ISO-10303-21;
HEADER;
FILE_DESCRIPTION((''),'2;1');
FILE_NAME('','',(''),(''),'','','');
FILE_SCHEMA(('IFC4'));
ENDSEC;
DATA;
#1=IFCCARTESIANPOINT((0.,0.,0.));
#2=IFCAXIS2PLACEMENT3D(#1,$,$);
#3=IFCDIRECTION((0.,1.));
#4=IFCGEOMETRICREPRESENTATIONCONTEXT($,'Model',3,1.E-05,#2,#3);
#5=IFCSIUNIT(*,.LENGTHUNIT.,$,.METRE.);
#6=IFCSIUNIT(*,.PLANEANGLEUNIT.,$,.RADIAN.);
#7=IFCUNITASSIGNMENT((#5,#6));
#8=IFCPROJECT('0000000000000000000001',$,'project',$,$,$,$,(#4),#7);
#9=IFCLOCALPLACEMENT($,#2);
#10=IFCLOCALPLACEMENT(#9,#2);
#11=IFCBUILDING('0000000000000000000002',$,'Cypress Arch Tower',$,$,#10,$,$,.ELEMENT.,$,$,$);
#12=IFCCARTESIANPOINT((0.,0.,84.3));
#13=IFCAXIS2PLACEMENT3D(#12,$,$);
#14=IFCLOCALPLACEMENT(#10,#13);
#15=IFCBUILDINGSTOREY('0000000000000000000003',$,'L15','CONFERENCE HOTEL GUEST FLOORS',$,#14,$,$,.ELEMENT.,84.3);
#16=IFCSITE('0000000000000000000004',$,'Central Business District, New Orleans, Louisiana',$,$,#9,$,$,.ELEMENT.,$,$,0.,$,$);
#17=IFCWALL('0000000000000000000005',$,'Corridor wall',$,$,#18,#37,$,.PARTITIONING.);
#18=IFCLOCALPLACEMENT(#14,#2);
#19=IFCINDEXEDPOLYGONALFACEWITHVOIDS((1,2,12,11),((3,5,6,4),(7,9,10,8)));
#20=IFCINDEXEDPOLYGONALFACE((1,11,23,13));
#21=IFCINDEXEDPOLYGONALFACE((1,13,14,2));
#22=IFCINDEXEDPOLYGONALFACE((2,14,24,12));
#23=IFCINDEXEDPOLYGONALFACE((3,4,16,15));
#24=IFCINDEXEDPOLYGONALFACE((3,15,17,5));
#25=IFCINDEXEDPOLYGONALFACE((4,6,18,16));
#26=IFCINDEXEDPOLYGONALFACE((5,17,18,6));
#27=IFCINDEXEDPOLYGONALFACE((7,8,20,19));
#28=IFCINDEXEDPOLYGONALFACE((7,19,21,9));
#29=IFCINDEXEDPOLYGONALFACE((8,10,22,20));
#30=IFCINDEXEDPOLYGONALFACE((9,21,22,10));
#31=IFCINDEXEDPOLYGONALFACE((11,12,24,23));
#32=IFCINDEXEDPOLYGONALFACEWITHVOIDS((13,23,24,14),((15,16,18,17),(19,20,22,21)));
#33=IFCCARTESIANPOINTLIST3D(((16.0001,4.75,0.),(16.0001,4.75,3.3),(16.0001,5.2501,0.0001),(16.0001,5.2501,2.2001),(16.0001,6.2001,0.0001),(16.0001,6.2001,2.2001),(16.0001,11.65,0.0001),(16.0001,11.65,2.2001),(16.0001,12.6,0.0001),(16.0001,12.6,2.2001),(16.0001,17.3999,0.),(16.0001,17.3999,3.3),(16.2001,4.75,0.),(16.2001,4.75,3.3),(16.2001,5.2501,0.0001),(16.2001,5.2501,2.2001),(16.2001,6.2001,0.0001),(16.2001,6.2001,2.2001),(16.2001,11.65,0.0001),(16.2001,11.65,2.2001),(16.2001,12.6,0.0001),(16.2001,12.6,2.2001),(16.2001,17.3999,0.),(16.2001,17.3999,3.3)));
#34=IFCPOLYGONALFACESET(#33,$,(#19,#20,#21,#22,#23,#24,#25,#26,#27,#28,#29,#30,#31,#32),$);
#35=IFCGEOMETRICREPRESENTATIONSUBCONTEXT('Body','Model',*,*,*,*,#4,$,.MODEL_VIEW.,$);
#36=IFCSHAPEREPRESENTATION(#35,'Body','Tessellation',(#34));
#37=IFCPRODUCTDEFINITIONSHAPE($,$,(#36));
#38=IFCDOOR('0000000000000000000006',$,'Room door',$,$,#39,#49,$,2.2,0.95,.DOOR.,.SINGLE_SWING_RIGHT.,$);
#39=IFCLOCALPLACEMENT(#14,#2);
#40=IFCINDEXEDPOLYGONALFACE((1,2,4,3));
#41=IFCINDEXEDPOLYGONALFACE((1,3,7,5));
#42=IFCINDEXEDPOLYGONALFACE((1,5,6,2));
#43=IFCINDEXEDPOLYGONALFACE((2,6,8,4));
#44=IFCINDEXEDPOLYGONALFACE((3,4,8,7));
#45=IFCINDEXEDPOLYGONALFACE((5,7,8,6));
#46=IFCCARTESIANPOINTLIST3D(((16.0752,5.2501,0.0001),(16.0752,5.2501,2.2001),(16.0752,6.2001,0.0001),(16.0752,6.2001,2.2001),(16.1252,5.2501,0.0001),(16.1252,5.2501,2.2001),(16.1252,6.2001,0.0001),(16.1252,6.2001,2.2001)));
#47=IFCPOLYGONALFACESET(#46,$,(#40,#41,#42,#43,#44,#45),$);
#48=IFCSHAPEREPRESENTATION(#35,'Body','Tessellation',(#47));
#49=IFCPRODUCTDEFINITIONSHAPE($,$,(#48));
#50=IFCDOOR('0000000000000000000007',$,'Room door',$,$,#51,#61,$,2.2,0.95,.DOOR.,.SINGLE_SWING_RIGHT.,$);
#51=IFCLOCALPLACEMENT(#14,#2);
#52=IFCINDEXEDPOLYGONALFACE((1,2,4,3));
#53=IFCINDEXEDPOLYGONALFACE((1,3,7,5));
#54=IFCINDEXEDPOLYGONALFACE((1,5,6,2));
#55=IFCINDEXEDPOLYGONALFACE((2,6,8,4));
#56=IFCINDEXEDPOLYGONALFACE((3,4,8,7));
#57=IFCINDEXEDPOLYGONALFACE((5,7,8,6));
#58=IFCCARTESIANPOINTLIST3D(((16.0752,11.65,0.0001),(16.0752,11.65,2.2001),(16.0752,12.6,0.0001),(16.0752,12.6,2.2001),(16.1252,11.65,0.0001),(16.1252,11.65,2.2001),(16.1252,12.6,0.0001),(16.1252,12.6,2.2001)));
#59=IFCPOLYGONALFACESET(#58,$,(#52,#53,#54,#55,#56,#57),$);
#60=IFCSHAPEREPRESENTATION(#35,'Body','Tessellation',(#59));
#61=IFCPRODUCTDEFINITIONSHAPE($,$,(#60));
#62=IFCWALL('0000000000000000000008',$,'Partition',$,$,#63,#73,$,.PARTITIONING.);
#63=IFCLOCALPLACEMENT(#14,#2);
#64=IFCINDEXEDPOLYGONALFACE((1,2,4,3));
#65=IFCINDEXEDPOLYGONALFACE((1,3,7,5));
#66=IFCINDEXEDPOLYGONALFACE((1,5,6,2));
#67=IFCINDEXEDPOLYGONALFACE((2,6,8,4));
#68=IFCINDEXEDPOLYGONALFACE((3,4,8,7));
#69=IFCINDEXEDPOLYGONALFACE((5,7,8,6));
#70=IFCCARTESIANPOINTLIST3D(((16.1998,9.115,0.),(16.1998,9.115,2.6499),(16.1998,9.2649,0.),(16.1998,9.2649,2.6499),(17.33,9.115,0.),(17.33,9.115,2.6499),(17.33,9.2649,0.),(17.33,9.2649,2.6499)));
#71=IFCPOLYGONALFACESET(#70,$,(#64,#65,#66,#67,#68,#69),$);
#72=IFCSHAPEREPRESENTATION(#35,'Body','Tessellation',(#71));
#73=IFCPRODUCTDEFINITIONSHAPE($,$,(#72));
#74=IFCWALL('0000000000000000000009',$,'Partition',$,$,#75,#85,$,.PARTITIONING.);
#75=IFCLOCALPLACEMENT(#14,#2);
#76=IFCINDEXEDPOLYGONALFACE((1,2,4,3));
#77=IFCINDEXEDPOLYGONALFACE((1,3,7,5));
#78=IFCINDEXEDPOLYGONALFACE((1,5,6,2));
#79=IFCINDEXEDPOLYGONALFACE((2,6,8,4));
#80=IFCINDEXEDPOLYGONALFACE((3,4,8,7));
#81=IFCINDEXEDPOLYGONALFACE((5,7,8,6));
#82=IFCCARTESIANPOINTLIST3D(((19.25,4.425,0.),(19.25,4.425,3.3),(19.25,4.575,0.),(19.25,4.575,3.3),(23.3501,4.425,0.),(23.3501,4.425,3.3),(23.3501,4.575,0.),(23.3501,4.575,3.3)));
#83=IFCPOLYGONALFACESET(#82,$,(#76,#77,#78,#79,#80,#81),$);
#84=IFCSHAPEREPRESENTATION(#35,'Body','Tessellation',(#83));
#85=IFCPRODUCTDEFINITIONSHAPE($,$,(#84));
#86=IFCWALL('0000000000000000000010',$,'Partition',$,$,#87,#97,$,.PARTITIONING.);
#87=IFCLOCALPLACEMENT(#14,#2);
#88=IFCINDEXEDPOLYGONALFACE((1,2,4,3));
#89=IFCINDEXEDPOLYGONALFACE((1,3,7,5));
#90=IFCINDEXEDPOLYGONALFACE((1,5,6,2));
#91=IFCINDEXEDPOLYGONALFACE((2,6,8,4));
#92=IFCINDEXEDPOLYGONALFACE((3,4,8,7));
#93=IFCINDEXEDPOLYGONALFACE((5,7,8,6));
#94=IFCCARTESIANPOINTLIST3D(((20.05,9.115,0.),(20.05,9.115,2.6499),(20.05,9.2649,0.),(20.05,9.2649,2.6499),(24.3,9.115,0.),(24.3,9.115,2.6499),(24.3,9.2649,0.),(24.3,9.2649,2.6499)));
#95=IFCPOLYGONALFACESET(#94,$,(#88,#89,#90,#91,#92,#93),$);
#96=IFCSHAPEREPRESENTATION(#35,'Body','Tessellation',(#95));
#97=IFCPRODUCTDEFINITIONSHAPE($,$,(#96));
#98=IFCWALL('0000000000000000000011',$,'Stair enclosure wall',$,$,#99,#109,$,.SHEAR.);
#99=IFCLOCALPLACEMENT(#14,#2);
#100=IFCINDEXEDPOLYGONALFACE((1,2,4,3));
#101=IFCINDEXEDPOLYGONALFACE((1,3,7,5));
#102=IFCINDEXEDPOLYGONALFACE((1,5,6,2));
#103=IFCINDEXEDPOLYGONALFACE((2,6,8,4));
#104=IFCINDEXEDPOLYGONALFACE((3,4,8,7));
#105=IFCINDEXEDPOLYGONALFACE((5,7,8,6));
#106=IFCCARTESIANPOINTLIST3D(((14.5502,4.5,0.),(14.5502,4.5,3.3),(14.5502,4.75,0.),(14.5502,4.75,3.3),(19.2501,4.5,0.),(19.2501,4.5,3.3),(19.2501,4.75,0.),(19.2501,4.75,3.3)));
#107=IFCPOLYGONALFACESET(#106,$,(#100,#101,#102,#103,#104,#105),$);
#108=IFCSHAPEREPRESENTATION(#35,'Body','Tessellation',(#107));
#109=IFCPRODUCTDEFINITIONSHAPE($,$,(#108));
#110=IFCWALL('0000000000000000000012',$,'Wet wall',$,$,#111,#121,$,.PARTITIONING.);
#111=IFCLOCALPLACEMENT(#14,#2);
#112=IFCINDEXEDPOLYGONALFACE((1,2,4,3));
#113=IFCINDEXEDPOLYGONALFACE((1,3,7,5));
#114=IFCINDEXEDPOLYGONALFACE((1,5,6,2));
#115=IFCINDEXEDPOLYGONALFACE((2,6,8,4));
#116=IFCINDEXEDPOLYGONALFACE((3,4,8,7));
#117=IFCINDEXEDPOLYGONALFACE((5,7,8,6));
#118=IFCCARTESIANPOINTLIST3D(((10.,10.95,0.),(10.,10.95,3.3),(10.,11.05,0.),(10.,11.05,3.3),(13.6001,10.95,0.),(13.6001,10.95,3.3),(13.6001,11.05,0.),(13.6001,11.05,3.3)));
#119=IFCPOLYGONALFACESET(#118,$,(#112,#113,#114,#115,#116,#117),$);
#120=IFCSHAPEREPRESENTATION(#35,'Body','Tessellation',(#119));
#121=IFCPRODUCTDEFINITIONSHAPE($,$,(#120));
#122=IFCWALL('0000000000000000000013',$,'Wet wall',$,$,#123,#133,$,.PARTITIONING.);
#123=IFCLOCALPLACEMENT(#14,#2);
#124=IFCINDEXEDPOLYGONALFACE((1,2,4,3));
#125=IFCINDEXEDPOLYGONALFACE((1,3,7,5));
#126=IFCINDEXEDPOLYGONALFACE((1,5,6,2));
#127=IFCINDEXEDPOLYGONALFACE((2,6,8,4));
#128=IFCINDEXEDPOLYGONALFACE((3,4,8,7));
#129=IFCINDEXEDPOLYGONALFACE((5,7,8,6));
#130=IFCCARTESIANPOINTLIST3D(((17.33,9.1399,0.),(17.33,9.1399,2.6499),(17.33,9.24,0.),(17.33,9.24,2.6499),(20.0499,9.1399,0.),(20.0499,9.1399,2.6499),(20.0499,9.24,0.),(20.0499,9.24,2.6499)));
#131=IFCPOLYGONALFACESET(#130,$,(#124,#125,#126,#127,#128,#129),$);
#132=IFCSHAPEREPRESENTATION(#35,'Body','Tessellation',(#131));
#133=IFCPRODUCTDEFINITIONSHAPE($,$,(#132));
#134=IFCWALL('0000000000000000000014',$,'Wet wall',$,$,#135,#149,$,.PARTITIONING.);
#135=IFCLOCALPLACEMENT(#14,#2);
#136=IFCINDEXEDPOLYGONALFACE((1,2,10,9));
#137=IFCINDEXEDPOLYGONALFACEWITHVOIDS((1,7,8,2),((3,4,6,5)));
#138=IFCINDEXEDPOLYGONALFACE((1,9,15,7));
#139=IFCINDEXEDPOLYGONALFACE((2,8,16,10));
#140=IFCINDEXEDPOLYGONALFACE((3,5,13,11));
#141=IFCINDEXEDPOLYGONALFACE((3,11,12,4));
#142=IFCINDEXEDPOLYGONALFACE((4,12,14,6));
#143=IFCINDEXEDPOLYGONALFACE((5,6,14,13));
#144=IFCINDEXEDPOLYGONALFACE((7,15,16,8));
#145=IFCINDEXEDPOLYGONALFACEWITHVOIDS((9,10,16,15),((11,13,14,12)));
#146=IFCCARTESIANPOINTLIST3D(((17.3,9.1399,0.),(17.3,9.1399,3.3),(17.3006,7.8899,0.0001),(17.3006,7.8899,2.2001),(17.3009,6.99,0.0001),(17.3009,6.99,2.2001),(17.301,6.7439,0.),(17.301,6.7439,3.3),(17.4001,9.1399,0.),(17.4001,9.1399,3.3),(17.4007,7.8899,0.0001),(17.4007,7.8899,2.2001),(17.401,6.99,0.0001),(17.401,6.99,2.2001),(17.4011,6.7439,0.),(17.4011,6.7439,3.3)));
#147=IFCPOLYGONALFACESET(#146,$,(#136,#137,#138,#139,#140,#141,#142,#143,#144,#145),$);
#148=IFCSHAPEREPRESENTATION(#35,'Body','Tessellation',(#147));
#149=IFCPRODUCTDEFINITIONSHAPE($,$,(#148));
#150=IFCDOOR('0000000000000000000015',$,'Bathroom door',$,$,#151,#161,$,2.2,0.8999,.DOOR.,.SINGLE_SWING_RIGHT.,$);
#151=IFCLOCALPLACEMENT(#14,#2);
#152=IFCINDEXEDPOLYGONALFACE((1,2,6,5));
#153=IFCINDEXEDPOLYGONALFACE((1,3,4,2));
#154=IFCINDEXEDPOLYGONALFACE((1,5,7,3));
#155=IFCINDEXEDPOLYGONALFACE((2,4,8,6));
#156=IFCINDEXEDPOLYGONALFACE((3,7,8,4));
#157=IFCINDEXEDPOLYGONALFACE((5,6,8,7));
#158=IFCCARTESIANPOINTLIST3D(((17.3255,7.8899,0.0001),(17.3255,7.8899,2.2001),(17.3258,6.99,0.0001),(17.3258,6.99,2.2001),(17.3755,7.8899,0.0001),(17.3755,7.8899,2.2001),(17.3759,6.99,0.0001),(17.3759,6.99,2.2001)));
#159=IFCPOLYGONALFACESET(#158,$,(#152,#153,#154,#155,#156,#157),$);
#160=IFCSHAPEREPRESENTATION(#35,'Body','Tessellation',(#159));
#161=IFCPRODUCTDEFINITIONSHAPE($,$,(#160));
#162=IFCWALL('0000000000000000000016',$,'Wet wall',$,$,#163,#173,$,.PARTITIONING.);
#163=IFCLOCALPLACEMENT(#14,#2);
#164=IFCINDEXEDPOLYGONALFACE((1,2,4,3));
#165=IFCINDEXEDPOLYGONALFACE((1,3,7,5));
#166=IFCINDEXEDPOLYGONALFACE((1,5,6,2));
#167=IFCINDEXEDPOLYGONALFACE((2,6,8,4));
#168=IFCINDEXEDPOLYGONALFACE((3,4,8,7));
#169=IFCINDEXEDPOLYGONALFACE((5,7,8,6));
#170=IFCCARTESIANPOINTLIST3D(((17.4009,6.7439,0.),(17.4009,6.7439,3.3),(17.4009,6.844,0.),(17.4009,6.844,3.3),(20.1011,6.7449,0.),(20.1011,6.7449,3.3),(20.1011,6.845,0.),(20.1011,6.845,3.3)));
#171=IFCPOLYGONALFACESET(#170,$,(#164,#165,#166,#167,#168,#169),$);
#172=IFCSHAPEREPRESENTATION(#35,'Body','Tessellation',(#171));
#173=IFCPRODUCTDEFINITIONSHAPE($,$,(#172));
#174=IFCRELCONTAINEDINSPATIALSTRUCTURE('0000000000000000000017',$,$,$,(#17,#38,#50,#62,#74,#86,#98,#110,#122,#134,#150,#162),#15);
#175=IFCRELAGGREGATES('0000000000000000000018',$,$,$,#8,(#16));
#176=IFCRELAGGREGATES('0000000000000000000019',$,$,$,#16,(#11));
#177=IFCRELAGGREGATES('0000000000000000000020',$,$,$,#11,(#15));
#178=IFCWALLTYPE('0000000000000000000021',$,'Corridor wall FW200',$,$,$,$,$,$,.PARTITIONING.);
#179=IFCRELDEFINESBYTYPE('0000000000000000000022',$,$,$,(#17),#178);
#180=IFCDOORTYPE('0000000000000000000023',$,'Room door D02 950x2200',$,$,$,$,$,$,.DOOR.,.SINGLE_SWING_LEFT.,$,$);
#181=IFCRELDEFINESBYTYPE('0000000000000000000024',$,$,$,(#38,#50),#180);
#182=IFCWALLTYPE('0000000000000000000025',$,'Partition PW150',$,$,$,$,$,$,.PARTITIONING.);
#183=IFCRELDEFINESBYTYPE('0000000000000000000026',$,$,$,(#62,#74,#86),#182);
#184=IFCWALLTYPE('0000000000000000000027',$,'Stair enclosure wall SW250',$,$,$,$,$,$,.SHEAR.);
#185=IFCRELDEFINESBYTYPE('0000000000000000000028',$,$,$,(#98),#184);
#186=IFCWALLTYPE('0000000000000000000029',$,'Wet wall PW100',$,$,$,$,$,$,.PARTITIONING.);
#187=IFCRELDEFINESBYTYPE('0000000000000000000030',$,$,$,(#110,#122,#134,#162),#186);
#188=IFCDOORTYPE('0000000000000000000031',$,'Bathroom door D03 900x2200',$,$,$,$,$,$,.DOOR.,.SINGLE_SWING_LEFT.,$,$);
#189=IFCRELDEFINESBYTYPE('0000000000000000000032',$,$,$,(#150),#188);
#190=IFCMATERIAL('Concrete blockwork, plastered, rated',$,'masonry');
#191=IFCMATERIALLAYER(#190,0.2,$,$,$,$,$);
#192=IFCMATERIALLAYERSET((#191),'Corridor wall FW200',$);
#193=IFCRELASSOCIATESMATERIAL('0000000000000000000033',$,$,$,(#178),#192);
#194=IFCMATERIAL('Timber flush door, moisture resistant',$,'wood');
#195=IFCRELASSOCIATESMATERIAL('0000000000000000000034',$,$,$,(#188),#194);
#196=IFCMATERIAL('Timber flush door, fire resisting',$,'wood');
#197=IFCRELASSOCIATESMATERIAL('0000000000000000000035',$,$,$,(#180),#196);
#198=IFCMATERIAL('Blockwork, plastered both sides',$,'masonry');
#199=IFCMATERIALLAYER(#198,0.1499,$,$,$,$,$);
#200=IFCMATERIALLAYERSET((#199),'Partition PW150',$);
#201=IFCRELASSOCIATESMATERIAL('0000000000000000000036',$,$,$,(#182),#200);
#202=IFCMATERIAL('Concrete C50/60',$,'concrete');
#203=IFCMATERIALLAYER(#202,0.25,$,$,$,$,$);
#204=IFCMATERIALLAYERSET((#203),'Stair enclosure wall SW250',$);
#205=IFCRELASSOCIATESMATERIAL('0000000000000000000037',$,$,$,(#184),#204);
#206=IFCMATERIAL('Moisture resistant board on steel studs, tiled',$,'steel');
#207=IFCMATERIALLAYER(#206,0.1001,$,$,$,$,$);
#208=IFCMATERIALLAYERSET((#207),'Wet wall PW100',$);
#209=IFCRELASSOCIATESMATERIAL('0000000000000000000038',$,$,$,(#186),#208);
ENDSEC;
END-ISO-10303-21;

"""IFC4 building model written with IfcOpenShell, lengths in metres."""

from ifc_helpers import new_model, si_unit, direction, frame, frame_2d, origin, place, context, subcontext, project, spatial, rectangle, extrude, material, layer, layer_set, type_object, element, fill, save


model = new_model("IFC4")

# Units and contexts
model_context = context("Model", 3, precision=1e-05, world=origin(), true_north=direction((0.0, 1.0)))
body_context = subcontext(model_context, "Body", "Model", "MODEL_VIEW")
ifc_project = project(units=[si_unit("LENGTHUNIT", "METRE"), si_unit("PLANEANGLEUNIT", "RADIAN")], contexts=[model_context])

# Site, building, storey
site_placement = place(None, origin())
site = spatial("IfcSite", under=ifc_project, at=site_placement, Name="Central Business District, New Orleans, Louisiana", CompositionType="ELEMENT", RefElevation=0.0)
building_placement = place(site_placement, origin())
building = spatial("IfcBuilding", under=site, at=building_placement, Name="Cypress Arch Tower", CompositionType="ELEMENT")
storey_placement = place(building_placement, frame((0.0, 0.0, 84.3)))
storey = spatial("IfcBuildingStorey", under=building, at=storey_placement, Name="L15", Description="CONFERENCE HOTEL GUEST FLOORS", CompositionType="ELEMENT", Elevation=84.3)

# Shared definitions
ifc_material_1 = material(Name="Concrete blockwork, plastered, rated", Category="masonry")
ifc_layer_1 = layer(ifc_material_1, 0.2)
ifc_layer_set_1 = layer_set([ifc_layer_1], Name="Corridor wall FW200")
wall_type_1 = type_object("IfcWallType", Name="Corridor wall FW200", PredefinedType="PARTITIONING", material=ifc_layer_set_1)
ifc_material_2 = material(Name="Timber flush door, moisture resistant", Category="wood")
door_type_1 = type_object("IfcDoorType", Name="Bathroom door D03 900x2200", OperationType="SINGLE_SWING_LEFT", PredefinedType="DOOR", material=ifc_material_2)

# Wall, openings, doors
wall_1_placement = place(storey_placement, frame((16.1001, 4.75, 0.0), z_axis=(0.0, 0.0, 1.0), x_axis=(0.0, 1.0, 0.0)))
wall_1 = element("IfcWall", 1, at=wall_1_placement, inside=storey, type_object=wall_type_1, Name="Corridor wall", PredefinedType="PARTITIONING", context=body_context, shape_type="SweptSolid", body=[
    extrude(rectangle(XDim=12.6499, YDim=0.2, at=frame_2d((6.325, 0.0))), origin(), (0.0, 0.0, 1.0), 3.3),
])
opening_1_placement = place(wall_1_placement, frame((0.5, 0.0, 0.0)))
opening_1 = element("IfcOpeningElement", 2, at=opening_1_placement, cuts=wall_1, PredefinedType="OPENING", context=body_context, shape_type="SweptSolid", body=[
    extrude(rectangle(XDim=0.95, YDim=2.2, at=frame_2d((0.4751, 1.1001))), frame((0.0, 0.1099, 0.0), z_axis=(0.0, -1.0, 0.0), x_axis=(1.0, 0.0, 0.0)), (0.0, 0.0, 1.0), 0.22),
])
opening_2_placement = place(wall_1_placement, frame((6.8999, 0.0, 0.0)))
opening_2 = element("IfcOpeningElement", 3, at=opening_2_placement, cuts=wall_1, PredefinedType="OPENING", context=body_context, shape_type="SweptSolid", body=[
    extrude(rectangle(XDim=0.95, YDim=2.2, at=frame_2d((0.4751, 1.1001))), frame((0.0, 0.1099, 0.0), z_axis=(0.0, -1.0, 0.0), x_axis=(1.0, 0.0, 0.0)), (0.0, 0.0, 1.0), 0.22),
])
ifc_material_3 = material(Name="Timber flush door, fire resisting", Category="wood")
door_type_2 = type_object("IfcDoorType", Name="Room door D02 950x2200", OperationType="SINGLE_SWING_LEFT", PredefinedType="DOOR", material=ifc_material_3)
door_1_placement = place(opening_1_placement, origin())
door_1 = element("IfcDoor", 4, at=door_1_placement, inside=storey, type_object=door_type_2, Name="Room door", OperationType="SINGLE_SWING_RIGHT", OverallHeight=2.2, OverallWidth=0.95, PredefinedType="DOOR", context=body_context, shape_type="SweptSolid", body=[
    extrude(rectangle(XDim=0.95, YDim=2.2, at=frame_2d((0.4751, 1.1001))), frame((0.0, 0.0249, 0.0), z_axis=(0.0, -1.0, 0.0), x_axis=(1.0, 0.0, 0.0)), (0.0, 0.0, 1.0), 0.05),
])
fill(opening_1, door_1)
door_2_placement = place(opening_2_placement, origin())
door_2 = element("IfcDoor", 5, at=door_2_placement, inside=storey, type_object=door_type_2, Name="Room door", OperationType="SINGLE_SWING_RIGHT", OverallHeight=2.2, OverallWidth=0.95, PredefinedType="DOOR", context=body_context, shape_type="SweptSolid", body=[
    extrude(rectangle(XDim=0.95, YDim=2.2, at=frame_2d((0.4751, 1.1001))), frame((0.0, 0.0249, 0.0), z_axis=(0.0, -1.0, 0.0), x_axis=(1.0, 0.0, 0.0)), (0.0, 0.0, 1.0), 0.05),
])
fill(opening_2, door_2)

# Walls
ifc_material_4 = material(Name="Blockwork, plastered both sides", Category="masonry")
ifc_layer_2 = layer(ifc_material_4, 0.1499)
ifc_layer_set_2 = layer_set([ifc_layer_2], Name="Partition PW150")
wall_type_2 = type_object("IfcWallType", Name="Partition PW150", PredefinedType="PARTITIONING", material=ifc_layer_set_2)
wall_2_placement = place(storey_placement, frame((16.2, 9.1899, 0.0), z_axis=(0.0, 0.0, 1.0), x_axis=(1.0, 0.0, 0.0)))
element("IfcWall", 6, at=wall_2_placement, inside=storey, type_object=wall_type_2, Name="Partition", PredefinedType="PARTITIONING", context=body_context, shape_type="SweptSolid", body=[
    extrude(rectangle(XDim=1.1301, YDim=0.1499, at=frame_2d((0.5649, 0.0))), origin(), (0.0, 0.0, 1.0), 2.6499),
])
wall_3_placement = place(storey_placement, frame((19.25, 4.5, 0.0), z_axis=(0.0, 0.0, 1.0), x_axis=(1.0, 0.0, 0.0)))
element("IfcWall", 7, at=wall_3_placement, inside=storey, type_object=wall_type_2, Name="Partition", PredefinedType="PARTITIONING", context=body_context, shape_type="SweptSolid", body=[
    extrude(rectangle(XDim=4.1001, YDim=0.1499, at=frame_2d((2.05, 0.0))), origin(), (0.0, 0.0, 1.0), 3.3),
])
wall_4_placement = place(storey_placement, frame((20.05, 9.1899, 0.0), z_axis=(0.0, 0.0, 1.0), x_axis=(1.0, 0.0, 0.0)))
element("IfcWall", 8, at=wall_4_placement, inside=storey, type_object=wall_type_2, Name="Partition", PredefinedType="PARTITIONING", context=body_context, shape_type="SweptSolid", body=[
    extrude(rectangle(XDim=4.25, YDim=0.1499, at=frame_2d((2.125, 0.0))), origin(), (0.0, 0.0, 1.0), 2.6499),
])
ifc_material_5 = material(Name="Concrete C50/60", Category="concrete")
ifc_layer_3 = layer(ifc_material_5, 0.25)
ifc_layer_set_3 = layer_set([ifc_layer_3], Name="Stair enclosure wall SW250")
wall_type_3 = type_object("IfcWallType", Name="Stair enclosure wall SW250", PredefinedType="SHEAR", material=ifc_layer_set_3)
wall_5_placement = place(storey_placement, frame((14.55, 4.625, 0.0), z_axis=(0.0, 0.0, 1.0), x_axis=(1.0, 0.0, 0.0)))
element("IfcWall", 9, at=wall_5_placement, inside=storey, type_object=wall_type_3, Name="Stair enclosure wall", PredefinedType="SHEAR", context=body_context, shape_type="SweptSolid", body=[
    extrude(rectangle(XDim=4.7, YDim=0.25, at=frame_2d((2.3501, 0.0))), origin(), (0.0, 0.0, 1.0), 3.3),
])
ifc_material_6 = material(Name="Moisture resistant board on steel studs, tiled", Category="steel")
ifc_layer_4 = layer(ifc_material_6, 0.1001)
ifc_layer_set_4 = layer_set([ifc_layer_4], Name="Wet wall PW100")
wall_type_4 = type_object("IfcWallType", Name="Wet wall PW100", PredefinedType="PARTITIONING", material=ifc_layer_set_4)
wall_6_placement = place(storey_placement, frame((10.0, 11.0, 0.0), z_axis=(0.0, 0.0, 1.0), x_axis=(1.0, 0.0, 0.0)))
element("IfcWall", 10, at=wall_6_placement, inside=storey, type_object=wall_type_4, Name="Wet wall", PredefinedType="PARTITIONING", context=body_context, shape_type="SweptSolid", body=[
    extrude(rectangle(XDim=3.6001, YDim=0.1001, at=frame_2d((1.8, 0.0))), origin(), (0.0, 0.0, 1.0), 3.3),
])
wall_7_placement = place(storey_placement, frame((17.3301, 9.1899, 0.0), z_axis=(0.0, 0.0, 1.0), x_axis=(1.0, 0.0, 0.0)))
element("IfcWall", 11, at=wall_7_placement, inside=storey, type_object=wall_type_4, Name="Wet wall", PredefinedType="PARTITIONING", context=body_context, shape_type="SweptSolid", body=[
    extrude(rectangle(XDim=2.72, YDim=0.1001, at=frame_2d((1.3599, 0.0))), origin(), (0.0, 0.0, 1.0), 2.6499),
])

# Wall, opening, door
wall_8_placement = place(storey_placement, frame((17.3501, 9.1399, 0.0), z_axis=(0.0, 0.0, 1.0), x_axis=(0.000408, -1.0, 0.0)))
wall_8 = element("IfcWall", 12, at=wall_8_placement, inside=storey, type_object=wall_type_4, Name="Wet wall", PredefinedType="PARTITIONING", context=body_context, shape_type="SweptSolid", body=[
    extrude(rectangle(XDim=2.396, YDim=0.1001, at=frame_2d((1.198, 0.0))), origin(), (0.0, 0.0, 1.0), 3.3),
])
opening_3_placement = place(wall_8_placement, frame((1.25, 0.0, 0.0)))
opening_3 = element("IfcOpeningElement", 13, at=opening_3_placement, cuts=wall_8, PredefinedType="OPENING", context=body_context, shape_type="SweptSolid", body=[
    extrude(rectangle(XDim=0.8999, YDim=2.2, at=frame_2d((0.45, 1.1001))), frame((0.0, 0.0601, 0.0), z_axis=(0.0, -1.0, 0.0), x_axis=(1.0, 0.0, 0.0)), (0.0, 0.0, 1.0), 0.1201),
])
door_3_placement = place(opening_3_placement, origin())
door_3 = element("IfcDoor", 14, at=door_3_placement, inside=storey, type_object=door_type_1, Name="Bathroom door", OperationType="SINGLE_SWING_RIGHT", OverallHeight=2.2, OverallWidth=0.8999, PredefinedType="DOOR", context=body_context, shape_type="SweptSolid", body=[
    extrude(rectangle(XDim=0.8999, YDim=2.2, at=frame_2d((0.45, 1.1001))), frame((0.0, 0.0249, 0.0), z_axis=(0.0, -1.0, 0.0), x_axis=(1.0, 0.0, 0.0)), (0.0, 0.0, 1.0), 0.05),
])
fill(opening_3, door_3)

# Wall
wall_9_placement = place(storey_placement, frame((17.4009, 6.7939, 0.0), z_axis=(0.0, 0.0, 1.0), x_axis=(1.0, 0.000362, 0.0)))
element("IfcWall", 15, at=wall_9_placement, inside=storey, type_object=wall_type_4, Name="Wet wall", PredefinedType="PARTITIONING", context=body_context, shape_type="SweptSolid", body=[
    extrude(rectangle(XDim=2.7002, YDim=0.1001, at=frame_2d((1.3501, 0.0))), origin(), (0.0, 0.0, 1.0), 3.3),
])

save(model, "model.ifc")
